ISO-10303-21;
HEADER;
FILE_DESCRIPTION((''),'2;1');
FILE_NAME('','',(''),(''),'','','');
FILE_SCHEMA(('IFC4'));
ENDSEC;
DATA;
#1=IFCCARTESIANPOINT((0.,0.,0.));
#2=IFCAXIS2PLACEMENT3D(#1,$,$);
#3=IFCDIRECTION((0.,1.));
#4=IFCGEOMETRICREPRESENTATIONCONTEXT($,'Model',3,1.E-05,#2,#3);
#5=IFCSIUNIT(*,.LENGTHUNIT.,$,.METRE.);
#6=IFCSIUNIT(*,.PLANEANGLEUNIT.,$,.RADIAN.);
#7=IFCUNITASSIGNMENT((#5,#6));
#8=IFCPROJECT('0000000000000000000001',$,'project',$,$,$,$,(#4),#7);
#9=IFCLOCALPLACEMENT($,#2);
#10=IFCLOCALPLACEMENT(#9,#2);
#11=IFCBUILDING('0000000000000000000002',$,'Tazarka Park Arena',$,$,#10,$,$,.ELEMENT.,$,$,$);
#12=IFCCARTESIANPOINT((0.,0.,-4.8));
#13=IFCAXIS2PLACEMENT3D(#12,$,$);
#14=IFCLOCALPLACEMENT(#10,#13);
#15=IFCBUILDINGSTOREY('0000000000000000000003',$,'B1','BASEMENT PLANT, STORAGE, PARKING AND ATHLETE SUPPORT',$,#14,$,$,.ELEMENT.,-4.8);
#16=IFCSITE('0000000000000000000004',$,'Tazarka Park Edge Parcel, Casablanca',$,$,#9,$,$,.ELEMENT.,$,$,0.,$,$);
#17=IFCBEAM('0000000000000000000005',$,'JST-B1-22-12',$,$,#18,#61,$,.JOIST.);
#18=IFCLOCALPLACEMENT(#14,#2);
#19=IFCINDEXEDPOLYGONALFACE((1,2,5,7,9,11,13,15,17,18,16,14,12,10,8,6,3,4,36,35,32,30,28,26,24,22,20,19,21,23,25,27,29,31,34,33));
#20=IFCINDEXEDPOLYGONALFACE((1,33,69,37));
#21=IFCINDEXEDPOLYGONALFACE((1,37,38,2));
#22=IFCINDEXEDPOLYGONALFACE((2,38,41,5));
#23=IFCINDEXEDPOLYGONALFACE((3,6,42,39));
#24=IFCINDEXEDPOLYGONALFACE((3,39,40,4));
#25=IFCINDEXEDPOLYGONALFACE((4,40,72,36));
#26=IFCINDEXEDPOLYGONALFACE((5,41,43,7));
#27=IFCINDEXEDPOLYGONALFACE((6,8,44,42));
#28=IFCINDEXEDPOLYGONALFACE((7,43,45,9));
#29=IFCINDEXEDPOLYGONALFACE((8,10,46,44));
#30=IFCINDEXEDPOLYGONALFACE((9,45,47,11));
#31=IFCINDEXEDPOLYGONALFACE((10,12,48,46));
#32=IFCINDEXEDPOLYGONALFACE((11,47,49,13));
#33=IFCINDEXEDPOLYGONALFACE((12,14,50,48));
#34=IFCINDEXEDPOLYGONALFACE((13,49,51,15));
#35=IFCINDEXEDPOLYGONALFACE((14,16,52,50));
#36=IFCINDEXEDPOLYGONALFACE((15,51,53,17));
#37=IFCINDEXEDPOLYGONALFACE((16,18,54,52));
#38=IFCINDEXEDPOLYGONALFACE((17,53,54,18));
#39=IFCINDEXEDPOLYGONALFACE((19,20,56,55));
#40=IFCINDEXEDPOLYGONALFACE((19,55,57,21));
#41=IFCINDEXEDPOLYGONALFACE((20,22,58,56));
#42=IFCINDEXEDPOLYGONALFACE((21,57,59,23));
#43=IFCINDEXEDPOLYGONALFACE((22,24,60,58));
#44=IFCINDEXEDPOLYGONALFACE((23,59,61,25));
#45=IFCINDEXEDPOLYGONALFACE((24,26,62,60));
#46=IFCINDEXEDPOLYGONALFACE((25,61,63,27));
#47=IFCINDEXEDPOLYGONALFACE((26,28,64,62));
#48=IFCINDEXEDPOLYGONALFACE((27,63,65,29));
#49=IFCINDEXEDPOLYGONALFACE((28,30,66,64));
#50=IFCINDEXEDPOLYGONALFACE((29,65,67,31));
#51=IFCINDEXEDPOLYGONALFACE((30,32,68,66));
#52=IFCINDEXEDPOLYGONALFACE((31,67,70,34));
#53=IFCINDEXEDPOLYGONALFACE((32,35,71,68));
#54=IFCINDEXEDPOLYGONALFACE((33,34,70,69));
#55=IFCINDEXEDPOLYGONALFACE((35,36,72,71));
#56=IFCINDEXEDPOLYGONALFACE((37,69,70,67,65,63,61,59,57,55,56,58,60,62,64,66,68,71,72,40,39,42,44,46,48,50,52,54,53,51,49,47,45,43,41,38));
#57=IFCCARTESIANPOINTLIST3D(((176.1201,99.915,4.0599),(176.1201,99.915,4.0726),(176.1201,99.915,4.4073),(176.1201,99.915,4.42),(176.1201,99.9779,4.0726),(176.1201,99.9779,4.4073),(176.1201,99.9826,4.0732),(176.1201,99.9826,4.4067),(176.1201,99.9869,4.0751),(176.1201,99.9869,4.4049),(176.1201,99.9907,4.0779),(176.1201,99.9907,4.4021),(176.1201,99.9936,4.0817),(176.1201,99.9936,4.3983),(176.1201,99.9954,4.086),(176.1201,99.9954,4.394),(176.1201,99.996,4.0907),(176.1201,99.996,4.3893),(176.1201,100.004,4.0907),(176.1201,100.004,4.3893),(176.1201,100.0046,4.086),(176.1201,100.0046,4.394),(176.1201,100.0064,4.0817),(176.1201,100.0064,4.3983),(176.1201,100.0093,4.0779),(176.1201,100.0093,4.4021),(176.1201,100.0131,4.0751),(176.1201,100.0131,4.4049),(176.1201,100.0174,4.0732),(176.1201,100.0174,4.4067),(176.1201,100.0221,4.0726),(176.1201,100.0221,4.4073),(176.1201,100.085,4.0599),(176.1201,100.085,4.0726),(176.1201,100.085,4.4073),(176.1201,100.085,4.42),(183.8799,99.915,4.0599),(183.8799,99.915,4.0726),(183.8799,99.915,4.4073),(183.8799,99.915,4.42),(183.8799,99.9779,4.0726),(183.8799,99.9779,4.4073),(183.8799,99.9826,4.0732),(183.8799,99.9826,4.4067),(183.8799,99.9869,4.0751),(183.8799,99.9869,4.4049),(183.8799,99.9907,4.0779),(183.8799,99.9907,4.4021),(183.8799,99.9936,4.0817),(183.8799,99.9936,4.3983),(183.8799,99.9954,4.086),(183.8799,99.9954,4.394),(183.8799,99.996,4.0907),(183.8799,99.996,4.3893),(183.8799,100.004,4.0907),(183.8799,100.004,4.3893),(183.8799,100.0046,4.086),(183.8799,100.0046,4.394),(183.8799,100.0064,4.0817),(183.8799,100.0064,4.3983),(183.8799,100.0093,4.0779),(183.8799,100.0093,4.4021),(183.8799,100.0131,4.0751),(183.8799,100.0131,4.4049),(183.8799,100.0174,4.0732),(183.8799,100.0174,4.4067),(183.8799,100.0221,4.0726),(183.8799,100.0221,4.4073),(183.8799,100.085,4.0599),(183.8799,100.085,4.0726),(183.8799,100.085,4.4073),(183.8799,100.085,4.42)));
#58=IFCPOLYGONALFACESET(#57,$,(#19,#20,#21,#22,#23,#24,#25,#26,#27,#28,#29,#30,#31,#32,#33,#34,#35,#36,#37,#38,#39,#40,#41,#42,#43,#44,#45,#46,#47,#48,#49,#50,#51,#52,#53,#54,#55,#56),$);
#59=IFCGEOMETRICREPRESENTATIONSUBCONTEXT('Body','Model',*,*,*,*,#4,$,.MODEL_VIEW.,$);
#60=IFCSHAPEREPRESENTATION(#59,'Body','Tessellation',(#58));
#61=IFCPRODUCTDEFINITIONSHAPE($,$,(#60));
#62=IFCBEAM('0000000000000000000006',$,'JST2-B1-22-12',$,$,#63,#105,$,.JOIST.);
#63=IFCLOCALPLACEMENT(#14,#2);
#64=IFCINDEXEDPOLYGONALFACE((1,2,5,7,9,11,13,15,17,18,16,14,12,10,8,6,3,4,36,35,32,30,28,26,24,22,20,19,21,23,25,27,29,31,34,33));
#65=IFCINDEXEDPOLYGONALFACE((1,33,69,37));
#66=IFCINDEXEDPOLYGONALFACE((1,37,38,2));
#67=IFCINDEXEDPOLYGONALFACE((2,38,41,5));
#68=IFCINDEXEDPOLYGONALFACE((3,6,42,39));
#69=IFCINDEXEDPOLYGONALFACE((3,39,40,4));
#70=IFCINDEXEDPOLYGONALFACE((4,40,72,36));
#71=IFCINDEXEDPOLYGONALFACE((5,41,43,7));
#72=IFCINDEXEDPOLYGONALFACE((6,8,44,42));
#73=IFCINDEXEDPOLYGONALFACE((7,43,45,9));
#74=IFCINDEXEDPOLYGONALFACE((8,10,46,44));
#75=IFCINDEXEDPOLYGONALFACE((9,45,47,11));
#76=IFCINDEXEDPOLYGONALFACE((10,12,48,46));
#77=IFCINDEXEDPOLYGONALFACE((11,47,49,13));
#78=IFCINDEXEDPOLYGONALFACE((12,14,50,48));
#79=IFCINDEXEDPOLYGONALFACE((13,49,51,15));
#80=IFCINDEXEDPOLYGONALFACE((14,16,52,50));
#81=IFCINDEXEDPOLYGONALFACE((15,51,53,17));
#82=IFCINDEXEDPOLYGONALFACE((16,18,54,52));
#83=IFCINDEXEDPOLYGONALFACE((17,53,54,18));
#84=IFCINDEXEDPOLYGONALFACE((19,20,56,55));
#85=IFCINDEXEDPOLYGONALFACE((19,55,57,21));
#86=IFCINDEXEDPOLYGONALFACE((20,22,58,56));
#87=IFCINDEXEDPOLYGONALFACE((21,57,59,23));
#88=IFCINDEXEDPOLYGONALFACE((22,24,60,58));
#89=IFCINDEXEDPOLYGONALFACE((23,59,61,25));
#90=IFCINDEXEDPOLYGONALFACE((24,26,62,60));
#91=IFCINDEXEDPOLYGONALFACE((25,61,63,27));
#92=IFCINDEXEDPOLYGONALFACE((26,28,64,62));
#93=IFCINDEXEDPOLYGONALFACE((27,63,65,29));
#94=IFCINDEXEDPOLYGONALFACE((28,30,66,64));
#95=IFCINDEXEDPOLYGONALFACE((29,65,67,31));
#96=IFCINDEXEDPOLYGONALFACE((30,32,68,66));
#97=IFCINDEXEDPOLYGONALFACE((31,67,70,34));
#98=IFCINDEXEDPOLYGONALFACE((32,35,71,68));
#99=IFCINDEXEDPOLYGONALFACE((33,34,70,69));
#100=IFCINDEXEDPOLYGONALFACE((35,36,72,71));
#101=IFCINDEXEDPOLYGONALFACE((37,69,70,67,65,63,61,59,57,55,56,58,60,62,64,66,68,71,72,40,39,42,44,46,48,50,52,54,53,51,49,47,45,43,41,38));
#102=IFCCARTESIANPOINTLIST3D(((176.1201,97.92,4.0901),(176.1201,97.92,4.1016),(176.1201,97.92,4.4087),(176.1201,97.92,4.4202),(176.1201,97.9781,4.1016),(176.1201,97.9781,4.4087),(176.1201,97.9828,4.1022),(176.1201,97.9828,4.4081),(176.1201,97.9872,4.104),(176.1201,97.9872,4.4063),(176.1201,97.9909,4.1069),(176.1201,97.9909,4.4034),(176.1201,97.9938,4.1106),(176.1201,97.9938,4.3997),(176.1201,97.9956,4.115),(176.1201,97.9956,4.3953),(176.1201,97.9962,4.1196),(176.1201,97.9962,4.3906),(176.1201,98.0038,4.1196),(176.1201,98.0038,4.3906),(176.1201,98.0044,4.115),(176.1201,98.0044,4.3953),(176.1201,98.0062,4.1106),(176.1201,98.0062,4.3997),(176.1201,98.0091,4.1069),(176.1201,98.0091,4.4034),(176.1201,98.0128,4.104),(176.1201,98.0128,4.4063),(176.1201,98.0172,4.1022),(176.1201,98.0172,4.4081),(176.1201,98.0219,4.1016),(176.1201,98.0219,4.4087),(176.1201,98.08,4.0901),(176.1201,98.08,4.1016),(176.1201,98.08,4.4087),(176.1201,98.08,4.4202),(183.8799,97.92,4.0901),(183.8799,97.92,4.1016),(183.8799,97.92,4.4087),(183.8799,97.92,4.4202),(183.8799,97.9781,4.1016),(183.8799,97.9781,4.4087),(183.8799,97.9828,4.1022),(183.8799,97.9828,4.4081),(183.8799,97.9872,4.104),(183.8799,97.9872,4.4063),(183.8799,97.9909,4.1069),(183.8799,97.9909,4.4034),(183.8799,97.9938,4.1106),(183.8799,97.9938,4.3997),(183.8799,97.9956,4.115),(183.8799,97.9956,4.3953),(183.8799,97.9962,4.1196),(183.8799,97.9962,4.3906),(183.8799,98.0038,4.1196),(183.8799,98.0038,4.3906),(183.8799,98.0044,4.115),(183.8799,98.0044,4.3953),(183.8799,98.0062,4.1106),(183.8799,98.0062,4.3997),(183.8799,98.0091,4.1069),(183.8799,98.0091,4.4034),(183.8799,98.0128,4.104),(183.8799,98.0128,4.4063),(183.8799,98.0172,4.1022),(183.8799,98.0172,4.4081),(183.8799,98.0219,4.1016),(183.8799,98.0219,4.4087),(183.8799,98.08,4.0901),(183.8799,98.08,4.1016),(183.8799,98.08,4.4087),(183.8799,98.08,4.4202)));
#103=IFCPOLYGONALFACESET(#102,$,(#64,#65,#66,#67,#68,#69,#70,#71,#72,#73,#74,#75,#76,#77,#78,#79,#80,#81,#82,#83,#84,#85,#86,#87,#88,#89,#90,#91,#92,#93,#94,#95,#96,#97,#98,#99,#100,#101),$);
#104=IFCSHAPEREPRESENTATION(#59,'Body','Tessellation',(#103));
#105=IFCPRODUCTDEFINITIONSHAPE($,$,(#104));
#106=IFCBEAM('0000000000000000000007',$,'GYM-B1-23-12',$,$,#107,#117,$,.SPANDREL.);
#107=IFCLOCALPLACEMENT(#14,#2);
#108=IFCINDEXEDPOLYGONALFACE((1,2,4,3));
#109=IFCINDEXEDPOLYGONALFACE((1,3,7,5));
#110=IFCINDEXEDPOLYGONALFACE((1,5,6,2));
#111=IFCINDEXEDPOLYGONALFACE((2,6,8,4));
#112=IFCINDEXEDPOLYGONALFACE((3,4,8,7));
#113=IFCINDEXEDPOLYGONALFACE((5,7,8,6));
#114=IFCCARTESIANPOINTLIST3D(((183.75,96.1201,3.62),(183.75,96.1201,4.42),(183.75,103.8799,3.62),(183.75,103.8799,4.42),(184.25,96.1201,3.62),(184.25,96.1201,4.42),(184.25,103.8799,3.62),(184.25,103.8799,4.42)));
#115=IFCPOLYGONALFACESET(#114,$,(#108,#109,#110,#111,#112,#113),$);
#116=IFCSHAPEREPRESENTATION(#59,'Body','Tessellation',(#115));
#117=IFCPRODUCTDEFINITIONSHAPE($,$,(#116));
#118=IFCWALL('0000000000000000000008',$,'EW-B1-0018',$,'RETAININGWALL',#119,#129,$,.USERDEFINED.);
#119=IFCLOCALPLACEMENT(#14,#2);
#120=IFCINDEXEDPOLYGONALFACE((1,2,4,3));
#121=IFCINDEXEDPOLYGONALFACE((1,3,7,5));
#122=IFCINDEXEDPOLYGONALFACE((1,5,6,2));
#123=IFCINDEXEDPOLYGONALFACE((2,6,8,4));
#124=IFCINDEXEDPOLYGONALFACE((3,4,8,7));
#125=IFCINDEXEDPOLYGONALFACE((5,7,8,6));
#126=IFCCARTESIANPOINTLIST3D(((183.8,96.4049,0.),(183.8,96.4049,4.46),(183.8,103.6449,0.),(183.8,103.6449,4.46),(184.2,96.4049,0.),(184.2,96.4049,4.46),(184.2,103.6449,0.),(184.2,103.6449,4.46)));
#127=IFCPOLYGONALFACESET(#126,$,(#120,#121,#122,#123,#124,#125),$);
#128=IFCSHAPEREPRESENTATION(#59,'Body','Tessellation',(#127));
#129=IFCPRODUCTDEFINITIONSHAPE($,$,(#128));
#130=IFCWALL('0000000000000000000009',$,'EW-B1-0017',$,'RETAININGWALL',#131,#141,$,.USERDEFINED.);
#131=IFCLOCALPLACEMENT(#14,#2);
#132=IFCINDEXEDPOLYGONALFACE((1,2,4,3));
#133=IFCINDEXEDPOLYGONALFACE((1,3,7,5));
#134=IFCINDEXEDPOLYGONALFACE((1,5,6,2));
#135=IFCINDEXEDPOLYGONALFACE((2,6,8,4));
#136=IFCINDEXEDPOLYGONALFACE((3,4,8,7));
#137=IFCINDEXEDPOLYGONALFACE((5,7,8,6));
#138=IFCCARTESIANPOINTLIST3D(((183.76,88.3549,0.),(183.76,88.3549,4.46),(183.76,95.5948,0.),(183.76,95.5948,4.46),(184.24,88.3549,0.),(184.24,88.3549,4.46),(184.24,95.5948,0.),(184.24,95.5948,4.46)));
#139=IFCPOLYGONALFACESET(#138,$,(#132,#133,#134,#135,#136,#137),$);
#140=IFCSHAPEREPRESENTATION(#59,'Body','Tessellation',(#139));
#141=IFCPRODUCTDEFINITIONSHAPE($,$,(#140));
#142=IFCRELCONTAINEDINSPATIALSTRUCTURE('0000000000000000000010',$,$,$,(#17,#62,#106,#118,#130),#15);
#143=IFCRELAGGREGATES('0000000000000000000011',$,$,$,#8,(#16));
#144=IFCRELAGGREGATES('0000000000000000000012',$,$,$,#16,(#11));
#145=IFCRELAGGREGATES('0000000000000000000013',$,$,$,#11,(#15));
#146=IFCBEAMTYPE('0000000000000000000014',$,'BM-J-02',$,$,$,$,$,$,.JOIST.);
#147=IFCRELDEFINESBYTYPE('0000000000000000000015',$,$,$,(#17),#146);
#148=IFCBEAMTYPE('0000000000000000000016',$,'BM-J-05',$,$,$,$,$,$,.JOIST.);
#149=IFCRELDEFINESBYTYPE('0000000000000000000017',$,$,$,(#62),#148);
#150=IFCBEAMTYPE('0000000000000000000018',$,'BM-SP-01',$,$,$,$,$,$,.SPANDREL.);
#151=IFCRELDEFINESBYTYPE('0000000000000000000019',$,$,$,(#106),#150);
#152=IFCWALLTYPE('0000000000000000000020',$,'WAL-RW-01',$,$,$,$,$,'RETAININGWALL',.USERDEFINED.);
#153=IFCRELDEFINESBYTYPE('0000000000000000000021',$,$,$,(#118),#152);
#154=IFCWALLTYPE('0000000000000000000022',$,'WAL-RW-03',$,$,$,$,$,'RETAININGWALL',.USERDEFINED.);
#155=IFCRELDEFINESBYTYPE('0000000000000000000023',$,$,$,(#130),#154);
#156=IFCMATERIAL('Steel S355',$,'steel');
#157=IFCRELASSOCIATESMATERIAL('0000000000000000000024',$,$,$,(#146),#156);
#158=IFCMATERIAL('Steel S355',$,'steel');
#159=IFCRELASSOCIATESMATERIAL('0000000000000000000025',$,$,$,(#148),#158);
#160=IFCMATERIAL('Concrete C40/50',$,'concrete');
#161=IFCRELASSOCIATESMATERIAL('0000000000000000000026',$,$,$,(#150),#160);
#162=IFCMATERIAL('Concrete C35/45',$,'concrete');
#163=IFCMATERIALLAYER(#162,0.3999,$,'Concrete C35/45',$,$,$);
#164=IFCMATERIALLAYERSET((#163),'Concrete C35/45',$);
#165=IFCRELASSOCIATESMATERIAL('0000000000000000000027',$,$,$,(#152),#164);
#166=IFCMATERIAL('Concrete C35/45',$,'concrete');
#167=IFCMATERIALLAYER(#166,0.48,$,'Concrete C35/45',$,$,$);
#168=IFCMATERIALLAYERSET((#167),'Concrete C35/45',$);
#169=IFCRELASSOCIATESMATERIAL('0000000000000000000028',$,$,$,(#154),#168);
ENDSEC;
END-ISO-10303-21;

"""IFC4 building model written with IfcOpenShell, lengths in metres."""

from ifc_helpers import new_model, si_unit, direction, frame, frame_2d, origin, origin_2d, place, context, subcontext, project, spatial, rectangle, i_section, extrude, material, layer, layer_set, material_profile, profile_set, type_object, element, save


model = new_model("IFC4")

# Units and contexts
model_context = context("Model", 3, precision=1e-05, world=origin(), true_north=direction((0.0, 1.0)))
body_context = subcontext(model_context, "Body", "Model", "MODEL_VIEW")
ifc_project = project(units=[si_unit("LENGTHUNIT", "METRE"), si_unit("PLANEANGLEUNIT", "RADIAN")], contexts=[model_context])

# Site, building, storey
site_placement = place(None, origin())
site = spatial("IfcSite", under=ifc_project, at=site_placement, Name="Tazarka Park Edge Parcel, Casablanca", CompositionType="ELEMENT", RefElevation=0.0)
building_placement = place(site_placement, origin())
building = spatial("IfcBuilding", under=site, at=building_placement, Name="Tazarka Park Arena", CompositionType="ELEMENT")
storey_placement = place(building_placement, frame((0.0, 0.0, -4.8)))
storey = spatial("IfcBuildingStorey", under=building, at=storey_placement, Name="B1", Description="BASEMENT PLANT, STORAGE, PARKING AND ATHLETE SUPPORT", CompositionType="ELEMENT", Elevation=-4.8)

# Beams
ifc_material_1 = material(Name="Steel S355", Category="steel")
ifc_material_profile_1 = material_profile(ifc_material_1, i_section(OverallWidth=0.1699, OverallDepth=0.3601, WebThickness=0.0081, FlangeThickness=0.0127, FilletRadius=0.0181, at=origin_2d()), Name="Steel S355")
ifc_profile_set_1 = profile_set([ifc_material_profile_1], Name="Steel S355")
beam_type_1 = type_object("IfcBeamType", Name="BM-J-02", PredefinedType="JOIST", material=ifc_profile_set_1)
beam_1_placement = place(storey_placement, frame((176.1201, 100.0, 4.24), z_axis=(1.0, 0.0, 0.0), x_axis=(0.0, 1.0, 0.0)))
element("IfcBeam", 1, at=beam_1_placement, inside=storey, type_object=beam_type_1, Name="JST-B1-22-12", PredefinedType="JOIST", context=body_context, shape_type="SweptSolid", body=[
    extrude(i_section(OverallWidth=0.1699, OverallDepth=0.3601, WebThickness=0.0081, FlangeThickness=0.0127, FilletRadius=0.0181, at=origin_2d()), origin(), (0.0, 0.0, 1.0), 7.7598),
])
ifc_material_2 = material(Name="Steel S355", Category="steel")
ifc_material_profile_2 = material_profile(ifc_material_2, i_section(OverallWidth=0.1599, OverallDepth=0.3301, WebThickness=0.0076, FlangeThickness=0.0115, FilletRadius=0.0181, at=origin_2d()), Name="Steel S355")
ifc_profile_set_2 = profile_set([ifc_material_profile_2], Name="Steel S355")
beam_type_2 = type_object("IfcBeamType", Name="BM-J-05", PredefinedType="JOIST", material=ifc_profile_set_2)
beam_2_placement = place(storey_placement, frame((176.1201, 98.0, 4.2551), z_axis=(1.0, 0.0, 0.0), x_axis=(0.0, 1.0, 0.0)))
element("IfcBeam", 2, at=beam_2_placement, inside=storey, type_object=beam_type_2, Name="JST2-B1-22-12", PredefinedType="JOIST", context=body_context, shape_type="SweptSolid", body=[
    extrude(i_section(OverallWidth=0.1599, OverallDepth=0.3301, WebThickness=0.0076, FlangeThickness=0.0115, FilletRadius=0.0181, at=origin_2d()), origin(), (0.0, 0.0, 1.0), 7.7598),
])
ifc_material_3 = material(Name="Concrete C40/50", Category="concrete")
ifc_material_profile_3 = material_profile(ifc_material_3, rectangle(XDim=0.5, YDim=0.8, at=origin_2d()), Name="Concrete C40/50")
ifc_profile_set_3 = profile_set([ifc_material_profile_3], Name="Concrete C40/50")
beam_type_3 = type_object("IfcBeamType", Name="BM-SP-01", PredefinedType="SPANDREL", material=ifc_profile_set_3)
beam_3_placement = place(storey_placement, frame((184.0, 96.1201, 4.02), z_axis=(0.0, 1.0, 0.0), x_axis=(-1.0, 0.0, 0.0)))
element("IfcBeam", 3, at=beam_3_placement, inside=storey, type_object=beam_type_3, Name="GYM-B1-23-12", PredefinedType="SPANDREL", context=body_context, shape_type="SweptSolid", body=[
    extrude(rectangle(XDim=0.5, YDim=0.8, at=origin_2d()), origin(), (0.0, 0.0, 1.0), 7.7598),
])

# Walls
ifc_material_4 = material(Name="Concrete C35/45", Category="concrete")
ifc_layer_1 = layer(ifc_material_4, 0.3999, Name="Concrete C35/45")
ifc_layer_set_1 = layer_set([ifc_layer_1], Name="Concrete C35/45")
wall_type_1 = type_object("IfcWallType", Name="WAL-RW-01", ElementType="RETAININGWALL", PredefinedType="USERDEFINED", material=ifc_layer_set_1)
wall_1_placement = place(storey_placement, frame((184.0, 103.645, 0.0), z_axis=(0.0, 0.0, 1.0), x_axis=(0.0, -1.0, 0.0)))
element("IfcWall", 4, at=wall_1_placement, inside=storey, type_object=wall_type_1, Name="EW-B1-0018", ObjectType="RETAININGWALL", PredefinedType="USERDEFINED", context=body_context, shape_type="SweptSolid", body=[
    extrude(rectangle(XDim=7.24, YDim=0.3999, at=frame_2d((3.6201, 0.0))), origin(), (0.0, 0.0, 1.0), 4.46),
])
ifc_material_5 = material(Name="Concrete C35/45", Category="concrete")
ifc_layer_2 = layer(ifc_material_5, 0.48, Name="Concrete C35/45")
ifc_layer_set_2 = layer_set([ifc_layer_2], Name="Concrete C35/45")
wall_type_2 = type_object("IfcWallType", Name="WAL-RW-03", ElementType="RETAININGWALL", PredefinedType="USERDEFINED", material=ifc_layer_set_2)
wall_2_placement = place(storey_placement, frame((184.0, 95.595, 0.0), z_axis=(0.0, 0.0, 1.0), x_axis=(0.0, -1.0, 0.0)))
element("IfcWall", 5, at=wall_2_placement, inside=storey, type_object=wall_type_2, Name="EW-B1-0017", ObjectType="RETAININGWALL", PredefinedType="USERDEFINED", context=body_context, shape_type="SweptSolid", body=[
    extrude(rectangle(XDim=7.24, YDim=0.48, at=frame_2d((3.6201, 0.0))), origin(), (0.0, 0.0, 1.0), 4.46),
])

save(model, "model.ifc")
